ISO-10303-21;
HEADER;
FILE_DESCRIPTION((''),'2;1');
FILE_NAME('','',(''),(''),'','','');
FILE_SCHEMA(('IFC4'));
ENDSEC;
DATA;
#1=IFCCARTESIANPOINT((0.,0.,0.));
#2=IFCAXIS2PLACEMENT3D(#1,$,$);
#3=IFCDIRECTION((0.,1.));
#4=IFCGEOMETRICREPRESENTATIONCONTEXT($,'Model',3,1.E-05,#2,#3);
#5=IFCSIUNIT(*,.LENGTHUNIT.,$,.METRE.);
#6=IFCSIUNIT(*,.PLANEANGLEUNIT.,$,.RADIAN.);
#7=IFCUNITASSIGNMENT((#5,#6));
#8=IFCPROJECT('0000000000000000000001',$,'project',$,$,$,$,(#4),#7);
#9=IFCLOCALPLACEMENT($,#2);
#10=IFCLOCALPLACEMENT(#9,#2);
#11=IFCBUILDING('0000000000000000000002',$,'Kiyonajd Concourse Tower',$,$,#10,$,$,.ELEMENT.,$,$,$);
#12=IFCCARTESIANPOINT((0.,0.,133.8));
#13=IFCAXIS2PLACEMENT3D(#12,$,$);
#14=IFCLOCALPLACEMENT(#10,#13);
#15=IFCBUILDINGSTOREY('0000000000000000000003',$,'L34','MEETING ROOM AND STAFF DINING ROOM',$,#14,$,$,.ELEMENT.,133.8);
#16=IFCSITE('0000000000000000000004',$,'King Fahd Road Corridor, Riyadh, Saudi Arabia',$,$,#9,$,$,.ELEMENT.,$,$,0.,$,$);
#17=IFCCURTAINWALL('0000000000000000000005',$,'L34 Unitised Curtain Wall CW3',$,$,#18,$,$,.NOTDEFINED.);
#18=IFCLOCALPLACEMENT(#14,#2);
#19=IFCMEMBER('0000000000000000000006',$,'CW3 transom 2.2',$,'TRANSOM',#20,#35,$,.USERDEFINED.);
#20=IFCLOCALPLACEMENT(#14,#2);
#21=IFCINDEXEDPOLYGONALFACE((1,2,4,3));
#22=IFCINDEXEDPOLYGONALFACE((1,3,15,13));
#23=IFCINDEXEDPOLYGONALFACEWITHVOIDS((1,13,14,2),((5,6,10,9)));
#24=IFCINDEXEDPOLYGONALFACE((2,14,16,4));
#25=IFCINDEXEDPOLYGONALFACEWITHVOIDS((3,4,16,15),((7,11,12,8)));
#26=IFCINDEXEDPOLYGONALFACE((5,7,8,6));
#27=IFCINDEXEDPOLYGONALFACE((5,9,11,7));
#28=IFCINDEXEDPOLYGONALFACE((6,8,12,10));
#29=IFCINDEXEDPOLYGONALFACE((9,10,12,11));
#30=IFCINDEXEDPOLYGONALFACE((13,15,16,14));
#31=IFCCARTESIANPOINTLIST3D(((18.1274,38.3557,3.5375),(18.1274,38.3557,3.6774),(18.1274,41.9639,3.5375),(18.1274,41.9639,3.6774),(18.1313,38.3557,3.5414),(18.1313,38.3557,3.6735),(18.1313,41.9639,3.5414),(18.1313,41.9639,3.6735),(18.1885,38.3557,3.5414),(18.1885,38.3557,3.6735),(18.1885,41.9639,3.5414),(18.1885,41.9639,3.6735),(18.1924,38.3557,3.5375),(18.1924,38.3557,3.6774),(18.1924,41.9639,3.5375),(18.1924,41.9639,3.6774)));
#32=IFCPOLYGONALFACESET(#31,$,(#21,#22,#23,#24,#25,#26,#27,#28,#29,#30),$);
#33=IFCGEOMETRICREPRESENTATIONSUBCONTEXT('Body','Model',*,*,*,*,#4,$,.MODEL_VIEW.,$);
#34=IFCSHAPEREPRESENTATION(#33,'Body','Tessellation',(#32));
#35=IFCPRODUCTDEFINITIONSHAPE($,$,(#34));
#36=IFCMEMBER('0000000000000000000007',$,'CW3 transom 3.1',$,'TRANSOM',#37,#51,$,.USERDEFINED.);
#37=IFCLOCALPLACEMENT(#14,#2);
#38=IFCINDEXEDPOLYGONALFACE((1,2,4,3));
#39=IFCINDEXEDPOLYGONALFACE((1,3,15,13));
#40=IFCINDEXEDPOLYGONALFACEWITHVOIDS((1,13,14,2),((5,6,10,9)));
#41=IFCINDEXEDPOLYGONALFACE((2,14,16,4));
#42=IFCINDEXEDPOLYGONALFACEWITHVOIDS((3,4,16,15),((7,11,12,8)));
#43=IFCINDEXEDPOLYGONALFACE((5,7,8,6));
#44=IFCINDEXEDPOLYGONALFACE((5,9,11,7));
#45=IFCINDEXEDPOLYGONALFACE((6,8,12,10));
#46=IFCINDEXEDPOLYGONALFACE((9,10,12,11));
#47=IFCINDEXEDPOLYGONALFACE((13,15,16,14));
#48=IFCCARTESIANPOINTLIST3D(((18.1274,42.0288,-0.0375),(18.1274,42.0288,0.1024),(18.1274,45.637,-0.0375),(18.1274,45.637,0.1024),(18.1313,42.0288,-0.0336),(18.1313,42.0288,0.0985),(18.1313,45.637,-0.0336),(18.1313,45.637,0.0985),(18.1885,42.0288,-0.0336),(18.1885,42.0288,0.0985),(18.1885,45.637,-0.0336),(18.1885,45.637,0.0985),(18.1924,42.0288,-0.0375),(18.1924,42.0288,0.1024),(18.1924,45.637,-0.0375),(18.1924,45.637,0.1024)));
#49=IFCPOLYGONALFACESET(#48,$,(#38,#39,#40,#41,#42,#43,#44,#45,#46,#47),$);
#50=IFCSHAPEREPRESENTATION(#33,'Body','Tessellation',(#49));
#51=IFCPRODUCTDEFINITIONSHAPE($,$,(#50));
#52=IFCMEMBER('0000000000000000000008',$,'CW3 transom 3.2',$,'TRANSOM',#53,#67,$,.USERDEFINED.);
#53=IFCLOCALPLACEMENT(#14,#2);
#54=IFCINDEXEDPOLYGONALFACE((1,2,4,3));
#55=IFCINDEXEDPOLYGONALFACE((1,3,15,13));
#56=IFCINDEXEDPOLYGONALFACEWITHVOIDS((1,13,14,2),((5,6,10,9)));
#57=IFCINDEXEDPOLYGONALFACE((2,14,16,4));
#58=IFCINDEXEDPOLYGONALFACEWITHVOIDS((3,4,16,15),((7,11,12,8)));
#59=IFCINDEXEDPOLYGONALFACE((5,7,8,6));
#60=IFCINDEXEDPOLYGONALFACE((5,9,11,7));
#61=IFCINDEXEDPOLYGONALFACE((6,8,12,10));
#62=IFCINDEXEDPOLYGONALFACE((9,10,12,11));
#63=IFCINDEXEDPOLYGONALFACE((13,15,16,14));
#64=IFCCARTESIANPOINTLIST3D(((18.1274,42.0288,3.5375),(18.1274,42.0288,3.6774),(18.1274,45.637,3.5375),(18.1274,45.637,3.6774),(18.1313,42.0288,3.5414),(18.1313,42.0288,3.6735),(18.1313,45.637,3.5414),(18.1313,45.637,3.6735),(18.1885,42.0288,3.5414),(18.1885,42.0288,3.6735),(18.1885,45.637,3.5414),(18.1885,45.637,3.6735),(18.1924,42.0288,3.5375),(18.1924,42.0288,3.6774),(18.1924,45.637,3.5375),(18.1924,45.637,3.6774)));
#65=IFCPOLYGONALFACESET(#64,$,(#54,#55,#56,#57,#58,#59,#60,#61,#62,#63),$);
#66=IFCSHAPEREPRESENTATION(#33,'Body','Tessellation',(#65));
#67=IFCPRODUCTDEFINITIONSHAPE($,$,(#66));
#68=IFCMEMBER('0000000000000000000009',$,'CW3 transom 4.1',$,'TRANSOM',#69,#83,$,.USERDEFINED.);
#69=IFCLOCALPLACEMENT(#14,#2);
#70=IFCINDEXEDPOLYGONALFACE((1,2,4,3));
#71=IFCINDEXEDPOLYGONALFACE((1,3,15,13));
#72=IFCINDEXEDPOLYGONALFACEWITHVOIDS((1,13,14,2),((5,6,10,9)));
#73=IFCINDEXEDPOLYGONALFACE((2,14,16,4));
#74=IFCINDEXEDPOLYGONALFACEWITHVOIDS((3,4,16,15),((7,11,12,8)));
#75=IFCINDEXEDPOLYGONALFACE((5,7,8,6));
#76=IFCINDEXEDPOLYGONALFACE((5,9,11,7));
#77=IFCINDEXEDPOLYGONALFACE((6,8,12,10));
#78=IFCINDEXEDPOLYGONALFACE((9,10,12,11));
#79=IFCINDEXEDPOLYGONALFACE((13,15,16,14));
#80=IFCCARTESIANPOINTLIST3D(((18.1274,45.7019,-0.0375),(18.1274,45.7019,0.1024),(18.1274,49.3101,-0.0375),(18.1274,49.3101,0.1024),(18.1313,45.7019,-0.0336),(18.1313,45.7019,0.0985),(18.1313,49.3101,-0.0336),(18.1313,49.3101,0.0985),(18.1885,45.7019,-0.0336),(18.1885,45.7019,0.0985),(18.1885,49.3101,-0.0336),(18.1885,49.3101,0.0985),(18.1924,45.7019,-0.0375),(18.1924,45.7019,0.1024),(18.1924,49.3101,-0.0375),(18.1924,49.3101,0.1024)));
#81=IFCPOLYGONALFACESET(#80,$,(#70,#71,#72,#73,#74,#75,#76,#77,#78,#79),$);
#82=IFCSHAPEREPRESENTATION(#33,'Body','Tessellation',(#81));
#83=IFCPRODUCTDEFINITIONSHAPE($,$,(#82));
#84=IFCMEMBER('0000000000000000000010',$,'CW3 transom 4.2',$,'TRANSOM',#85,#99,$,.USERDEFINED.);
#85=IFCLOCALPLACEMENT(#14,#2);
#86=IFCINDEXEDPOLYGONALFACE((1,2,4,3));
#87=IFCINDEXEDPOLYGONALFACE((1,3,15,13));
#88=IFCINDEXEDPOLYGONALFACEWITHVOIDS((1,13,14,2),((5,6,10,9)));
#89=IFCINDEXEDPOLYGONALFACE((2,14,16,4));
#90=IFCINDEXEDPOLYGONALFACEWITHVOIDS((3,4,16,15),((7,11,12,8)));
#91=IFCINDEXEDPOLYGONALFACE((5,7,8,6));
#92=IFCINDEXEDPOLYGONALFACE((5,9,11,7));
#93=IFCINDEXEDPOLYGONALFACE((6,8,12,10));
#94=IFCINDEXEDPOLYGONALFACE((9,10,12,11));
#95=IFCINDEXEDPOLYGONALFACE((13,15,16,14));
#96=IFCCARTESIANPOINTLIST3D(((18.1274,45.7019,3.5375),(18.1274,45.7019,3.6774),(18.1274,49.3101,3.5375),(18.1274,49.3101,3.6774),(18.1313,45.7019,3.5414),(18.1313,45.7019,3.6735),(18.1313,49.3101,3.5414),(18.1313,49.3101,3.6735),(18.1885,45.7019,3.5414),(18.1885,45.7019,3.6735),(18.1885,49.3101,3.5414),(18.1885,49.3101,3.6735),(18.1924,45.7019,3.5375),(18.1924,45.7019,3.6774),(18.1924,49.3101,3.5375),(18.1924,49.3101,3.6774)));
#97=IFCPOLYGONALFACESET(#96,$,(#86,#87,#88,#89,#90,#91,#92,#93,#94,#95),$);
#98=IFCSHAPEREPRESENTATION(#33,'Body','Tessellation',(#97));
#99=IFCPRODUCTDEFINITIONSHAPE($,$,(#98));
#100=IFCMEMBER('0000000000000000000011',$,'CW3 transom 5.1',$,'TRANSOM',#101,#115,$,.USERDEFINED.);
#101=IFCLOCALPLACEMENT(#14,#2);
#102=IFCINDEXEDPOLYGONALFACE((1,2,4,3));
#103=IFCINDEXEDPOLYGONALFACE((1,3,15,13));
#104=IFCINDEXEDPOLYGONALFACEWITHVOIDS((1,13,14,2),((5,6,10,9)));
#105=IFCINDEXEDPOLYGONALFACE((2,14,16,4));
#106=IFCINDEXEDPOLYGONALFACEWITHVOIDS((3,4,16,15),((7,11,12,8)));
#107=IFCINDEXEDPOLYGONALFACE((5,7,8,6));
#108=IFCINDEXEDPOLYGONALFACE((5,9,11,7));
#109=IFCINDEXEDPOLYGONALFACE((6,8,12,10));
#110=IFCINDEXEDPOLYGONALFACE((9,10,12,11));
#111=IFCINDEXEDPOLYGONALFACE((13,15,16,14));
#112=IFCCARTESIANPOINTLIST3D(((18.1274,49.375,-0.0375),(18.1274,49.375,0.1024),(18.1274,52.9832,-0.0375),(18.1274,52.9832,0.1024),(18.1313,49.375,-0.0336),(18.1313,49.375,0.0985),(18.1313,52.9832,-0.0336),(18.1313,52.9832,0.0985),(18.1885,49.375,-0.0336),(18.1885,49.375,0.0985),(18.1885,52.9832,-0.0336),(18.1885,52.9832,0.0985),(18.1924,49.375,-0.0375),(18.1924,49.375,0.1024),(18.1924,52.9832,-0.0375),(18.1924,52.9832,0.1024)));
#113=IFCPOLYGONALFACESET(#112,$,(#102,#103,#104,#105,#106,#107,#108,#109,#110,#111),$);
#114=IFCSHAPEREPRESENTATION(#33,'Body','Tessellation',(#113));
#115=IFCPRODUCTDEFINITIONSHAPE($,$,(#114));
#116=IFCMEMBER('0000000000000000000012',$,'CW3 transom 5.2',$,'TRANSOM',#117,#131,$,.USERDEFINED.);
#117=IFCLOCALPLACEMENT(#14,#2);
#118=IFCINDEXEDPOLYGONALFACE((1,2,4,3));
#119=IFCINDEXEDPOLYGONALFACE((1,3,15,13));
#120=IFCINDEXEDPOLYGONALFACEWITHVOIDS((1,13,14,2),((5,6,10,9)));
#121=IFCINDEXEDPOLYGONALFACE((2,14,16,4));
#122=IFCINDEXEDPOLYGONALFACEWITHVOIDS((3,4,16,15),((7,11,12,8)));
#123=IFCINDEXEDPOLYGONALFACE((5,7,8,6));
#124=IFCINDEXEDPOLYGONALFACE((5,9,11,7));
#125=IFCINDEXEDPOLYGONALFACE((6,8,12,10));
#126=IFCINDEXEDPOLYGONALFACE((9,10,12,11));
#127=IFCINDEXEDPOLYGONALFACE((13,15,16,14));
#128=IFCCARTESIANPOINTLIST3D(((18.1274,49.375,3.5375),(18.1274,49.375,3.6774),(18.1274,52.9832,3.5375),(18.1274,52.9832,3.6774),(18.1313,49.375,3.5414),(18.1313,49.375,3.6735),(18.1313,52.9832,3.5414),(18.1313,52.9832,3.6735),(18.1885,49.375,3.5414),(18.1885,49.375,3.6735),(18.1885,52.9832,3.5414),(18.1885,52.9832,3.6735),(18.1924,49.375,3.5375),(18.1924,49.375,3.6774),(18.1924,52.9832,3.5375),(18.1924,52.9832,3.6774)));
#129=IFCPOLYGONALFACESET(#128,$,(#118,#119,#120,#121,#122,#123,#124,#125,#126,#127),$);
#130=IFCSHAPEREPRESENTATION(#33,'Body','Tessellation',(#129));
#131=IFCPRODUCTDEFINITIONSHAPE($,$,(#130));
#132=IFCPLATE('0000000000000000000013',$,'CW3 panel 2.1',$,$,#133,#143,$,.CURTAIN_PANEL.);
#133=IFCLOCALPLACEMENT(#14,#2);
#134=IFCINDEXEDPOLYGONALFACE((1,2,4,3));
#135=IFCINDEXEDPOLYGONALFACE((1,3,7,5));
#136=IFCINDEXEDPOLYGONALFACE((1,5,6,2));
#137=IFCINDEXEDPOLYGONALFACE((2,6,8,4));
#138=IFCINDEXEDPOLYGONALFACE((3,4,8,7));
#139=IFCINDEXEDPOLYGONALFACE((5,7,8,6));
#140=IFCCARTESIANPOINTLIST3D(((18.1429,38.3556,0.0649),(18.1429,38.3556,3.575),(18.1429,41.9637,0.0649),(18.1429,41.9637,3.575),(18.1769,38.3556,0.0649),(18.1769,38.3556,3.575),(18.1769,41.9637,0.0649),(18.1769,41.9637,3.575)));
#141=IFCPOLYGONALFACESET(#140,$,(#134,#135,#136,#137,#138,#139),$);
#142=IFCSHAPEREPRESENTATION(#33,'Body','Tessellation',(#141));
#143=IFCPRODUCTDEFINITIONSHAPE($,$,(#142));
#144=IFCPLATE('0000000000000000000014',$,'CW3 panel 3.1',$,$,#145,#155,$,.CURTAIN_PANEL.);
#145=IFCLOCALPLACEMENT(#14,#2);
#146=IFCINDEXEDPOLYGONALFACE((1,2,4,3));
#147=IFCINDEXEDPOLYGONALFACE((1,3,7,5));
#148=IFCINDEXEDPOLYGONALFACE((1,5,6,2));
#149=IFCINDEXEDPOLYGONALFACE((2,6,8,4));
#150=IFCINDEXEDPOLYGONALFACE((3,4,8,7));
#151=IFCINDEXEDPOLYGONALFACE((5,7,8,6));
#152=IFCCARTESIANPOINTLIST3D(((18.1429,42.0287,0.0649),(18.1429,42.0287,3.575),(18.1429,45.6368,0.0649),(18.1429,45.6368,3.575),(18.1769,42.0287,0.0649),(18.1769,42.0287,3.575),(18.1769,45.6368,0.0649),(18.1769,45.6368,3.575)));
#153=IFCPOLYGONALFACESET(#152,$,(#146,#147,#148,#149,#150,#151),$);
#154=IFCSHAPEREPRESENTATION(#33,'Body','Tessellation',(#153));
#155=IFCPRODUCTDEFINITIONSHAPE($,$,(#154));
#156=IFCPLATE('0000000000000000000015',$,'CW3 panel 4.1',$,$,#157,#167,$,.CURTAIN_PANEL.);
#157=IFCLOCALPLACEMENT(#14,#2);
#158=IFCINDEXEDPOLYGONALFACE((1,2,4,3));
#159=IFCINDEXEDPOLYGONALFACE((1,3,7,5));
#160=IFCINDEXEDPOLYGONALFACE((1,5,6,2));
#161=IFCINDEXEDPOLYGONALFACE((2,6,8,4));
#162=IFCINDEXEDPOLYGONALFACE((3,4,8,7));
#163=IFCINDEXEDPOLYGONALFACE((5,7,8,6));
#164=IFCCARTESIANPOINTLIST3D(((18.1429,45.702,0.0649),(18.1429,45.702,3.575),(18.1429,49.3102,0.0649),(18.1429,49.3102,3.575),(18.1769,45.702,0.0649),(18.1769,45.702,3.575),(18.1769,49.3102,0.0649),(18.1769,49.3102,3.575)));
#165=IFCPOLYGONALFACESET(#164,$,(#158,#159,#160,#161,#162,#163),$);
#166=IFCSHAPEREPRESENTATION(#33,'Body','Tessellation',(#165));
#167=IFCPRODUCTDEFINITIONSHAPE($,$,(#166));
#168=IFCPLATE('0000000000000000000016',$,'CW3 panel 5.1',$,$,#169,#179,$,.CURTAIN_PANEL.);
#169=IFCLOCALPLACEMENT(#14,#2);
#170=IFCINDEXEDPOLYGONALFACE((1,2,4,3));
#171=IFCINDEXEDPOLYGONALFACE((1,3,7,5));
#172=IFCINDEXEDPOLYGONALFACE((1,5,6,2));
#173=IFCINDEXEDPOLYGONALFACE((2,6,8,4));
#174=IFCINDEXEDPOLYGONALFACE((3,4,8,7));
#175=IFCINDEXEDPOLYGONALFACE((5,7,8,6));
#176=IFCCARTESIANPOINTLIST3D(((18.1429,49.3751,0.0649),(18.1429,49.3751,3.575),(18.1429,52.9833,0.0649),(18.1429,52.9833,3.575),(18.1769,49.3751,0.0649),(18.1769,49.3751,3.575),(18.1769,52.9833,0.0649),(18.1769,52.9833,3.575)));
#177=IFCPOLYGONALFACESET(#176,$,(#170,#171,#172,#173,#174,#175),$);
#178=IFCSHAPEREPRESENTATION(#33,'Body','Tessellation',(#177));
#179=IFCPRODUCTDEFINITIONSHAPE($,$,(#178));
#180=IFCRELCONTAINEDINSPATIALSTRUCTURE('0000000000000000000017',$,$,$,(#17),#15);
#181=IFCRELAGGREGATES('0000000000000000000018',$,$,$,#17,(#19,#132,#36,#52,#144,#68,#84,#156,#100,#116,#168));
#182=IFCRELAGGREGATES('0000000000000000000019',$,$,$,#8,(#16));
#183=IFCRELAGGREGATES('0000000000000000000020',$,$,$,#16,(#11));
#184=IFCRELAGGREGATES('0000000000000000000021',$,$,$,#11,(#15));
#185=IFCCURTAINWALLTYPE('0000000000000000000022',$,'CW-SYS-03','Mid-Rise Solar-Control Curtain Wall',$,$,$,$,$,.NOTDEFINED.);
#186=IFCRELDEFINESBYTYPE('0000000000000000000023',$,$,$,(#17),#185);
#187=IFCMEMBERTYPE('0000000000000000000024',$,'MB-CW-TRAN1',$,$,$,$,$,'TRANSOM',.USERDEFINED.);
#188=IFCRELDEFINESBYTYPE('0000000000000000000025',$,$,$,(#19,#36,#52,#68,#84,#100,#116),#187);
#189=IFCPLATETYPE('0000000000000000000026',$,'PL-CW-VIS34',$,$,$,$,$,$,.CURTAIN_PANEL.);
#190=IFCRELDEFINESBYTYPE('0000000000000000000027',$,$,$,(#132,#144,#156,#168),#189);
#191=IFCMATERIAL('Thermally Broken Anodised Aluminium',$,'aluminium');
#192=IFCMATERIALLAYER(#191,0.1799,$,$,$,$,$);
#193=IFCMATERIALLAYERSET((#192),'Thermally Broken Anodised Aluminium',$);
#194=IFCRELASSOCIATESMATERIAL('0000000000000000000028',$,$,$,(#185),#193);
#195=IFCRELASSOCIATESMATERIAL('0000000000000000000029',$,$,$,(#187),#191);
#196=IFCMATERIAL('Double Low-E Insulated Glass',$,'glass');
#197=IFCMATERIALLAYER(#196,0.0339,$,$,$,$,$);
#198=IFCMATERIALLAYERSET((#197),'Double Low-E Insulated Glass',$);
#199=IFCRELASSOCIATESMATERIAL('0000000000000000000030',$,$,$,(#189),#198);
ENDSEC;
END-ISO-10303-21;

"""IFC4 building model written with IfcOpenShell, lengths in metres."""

from ifc_helpers import new_model, si_unit, direction, frame, origin, origin_2d, place, context, subcontext, project, spatial, rectangle, hollow_rectangle, extrude, material, layer, layer_set, material_profile, profile_set, type_object, element, aggregate, save


model = new_model("IFC4")

# Units and contexts
model_context = context("Model", 3, precision=1e-05, world=origin(), true_north=direction((0.0, 1.0)))
body_context = subcontext(model_context, "Body", "Model", "MODEL_VIEW")
ifc_project = project(units=[si_unit("LENGTHUNIT", "METRE"), si_unit("PLANEANGLEUNIT", "RADIAN")], contexts=[model_context])

# Site, building, storey
site_placement = place(None, origin())
site = spatial("IfcSite", under=ifc_project, at=site_placement, Name="King Fahd Road Corridor, Riyadh, Saudi Arabia", CompositionType="ELEMENT", RefElevation=0.0)
building_placement = place(site_placement, origin())
building = spatial("IfcBuilding", under=site, at=building_placement, Name="Kiyonajd Concourse Tower", CompositionType="ELEMENT")
storey_placement = place(building_placement, frame((0.0, 0.0, 133.8)))
storey = spatial("IfcBuildingStorey", under=building, at=storey_placement, Name="L34", Description="MEETING ROOM AND STAFF DINING ROOM", CompositionType="ELEMENT", Elevation=133.8)

# Curtain wall, members, plates
ifc_material_1 = material(Name="Thermally Broken Anodised Aluminium", Category="aluminium")
ifc_layer_1 = layer(ifc_material_1, 0.1799)
ifc_layer_set_1 = layer_set([ifc_layer_1], Name="Thermally Broken Anodised Aluminium")
curtain_wall_type = type_object("IfcCurtainWallType", Name="CW-SYS-03", Description="Mid-Rise Solar-Control Curtain Wall", PredefinedType="NOTDEFINED", material=ifc_layer_set_1)
curtain_wall_placement = place(storey_placement, origin())
curtain_wall = element("IfcCurtainWall", 1, at=curtain_wall_placement, inside=storey, type_object=curtain_wall_type, Name="L34 Unitised Curtain Wall CW3", PredefinedType="NOTDEFINED")
ifc_material_profile_1 = material_profile(ifc_material_1, hollow_rectangle(XDim=0.0649, YDim=0.1399, WallThickness=0.0039, at=origin_2d()), Name="TRAN-65x140")
ifc_profile_set_1 = profile_set([ifc_material_profile_1], Name="Thermally Broken Anodised Aluminium")
member_type_1 = type_object("IfcMemberType", Name="MB-CW-TRAN1", ElementType="TRANSOM", PredefinedType="USERDEFINED", material=ifc_profile_set_1)
member_1_placement = place(storey_placement, frame((18.1599, 38.3557, 3.6074), z_axis=(0.0, 1.0, 0.0), x_axis=(-1.0, 0.0, 0.0)))
member_1 = element("IfcMember", 2, at=member_1_placement, type_object=member_type_1, Name="CW3 transom 2.2", ObjectType="TRANSOM", PredefinedType="USERDEFINED", context=body_context, shape_type="SweptSolid", body=[
    extrude(hollow_rectangle(XDim=0.0649, YDim=0.1399, WallThickness=0.0039, at=origin_2d()), origin(), (0.0, 0.0, 1.0), 3.6082),
])
member_2_placement = place(storey_placement, frame((18.1599, 42.0288, 0.0325), z_axis=(0.0, 1.0, 0.0), x_axis=(-1.0, 0.0, 0.0)))
member_2 = element("IfcMember", 3, at=member_2_placement, type_object=member_type_1, Name="CW3 transom 3.1", ObjectType="TRANSOM", PredefinedType="USERDEFINED", context=body_context, shape_type="SweptSolid", body=[
    extrude(hollow_rectangle(XDim=0.0649, YDim=0.1399, WallThickness=0.0039, at=origin_2d()), origin(), (0.0, 0.0, 1.0), 3.6082),
])
member_3_placement = place(storey_placement, frame((18.1599, 42.0288, 3.6074), z_axis=(0.0, 1.0, 0.0), x_axis=(-1.0, 0.0, 0.0)))
member_3 = element("IfcMember", 4, at=member_3_placement, type_object=member_type_1, Name="CW3 transom 3.2", ObjectType="TRANSOM", PredefinedType="USERDEFINED", context=body_context, shape_type="SweptSolid", body=[
    extrude(hollow_rectangle(XDim=0.0649, YDim=0.1399, WallThickness=0.0039, at=origin_2d()), origin(), (0.0, 0.0, 1.0), 3.6082),
])
member_4_placement = place(storey_placement, frame((18.1599, 45.7019, 0.0325), z_axis=(0.0, 1.0, 0.0), x_axis=(-1.0, 0.0, 0.0)))
member_4 = element("IfcMember", 5, at=member_4_placement, type_object=member_type_1, Name="CW3 transom 4.1", ObjectType="TRANSOM", PredefinedType="USERDEFINED", context=body_context, shape_type="SweptSolid", body=[
    extrude(hollow_rectangle(XDim=0.0649, YDim=0.1399, WallThickness=0.0039, at=origin_2d()), origin(), (0.0, 0.0, 1.0), 3.6082),
])
member_5_placement = place(storey_placement, frame((18.1599, 45.7019, 3.6074), z_axis=(0.0, 1.0, 0.0), x_axis=(-1.0, 0.0, 0.0)))
member_5 = element("IfcMember", 6, at=member_5_placement, type_object=member_type_1, Name="CW3 transom 4.2", ObjectType="TRANSOM", PredefinedType="USERDEFINED", context=body_context, shape_type="SweptSolid", body=[
    extrude(hollow_rectangle(XDim=0.0649, YDim=0.1399, WallThickness=0.0039, at=origin_2d()), origin(), (0.0, 0.0, 1.0), 3.6082),
])
member_6_placement = place(storey_placement, frame((18.1599, 49.375, 0.0325), z_axis=(0.0, 1.0, 0.0), x_axis=(-1.0, 0.0, 0.0)))
member_6 = element("IfcMember", 7, at=member_6_placement, type_object=member_type_1, Name="CW3 transom 5.1", ObjectType="TRANSOM", PredefinedType="USERDEFINED", context=body_context, shape_type="SweptSolid", body=[
    extrude(hollow_rectangle(XDim=0.0649, YDim=0.1399, WallThickness=0.0039, at=origin_2d()), origin(), (0.0, 0.0, 1.0), 3.6082),
])
member_7_placement = place(storey_placement, frame((18.1599, 49.375, 3.6074), z_axis=(0.0, 1.0, 0.0), x_axis=(-1.0, 0.0, 0.0)))
member_7 = element("IfcMember", 8, at=member_7_placement, type_object=member_type_1, Name="CW3 transom 5.2", ObjectType="TRANSOM", PredefinedType="USERDEFINED", context=body_context, shape_type="SweptSolid", body=[
    extrude(hollow_rectangle(XDim=0.0649, YDim=0.1399, WallThickness=0.0039, at=origin_2d()), origin(), (0.0, 0.0, 1.0), 3.6082),
])
ifc_material_2 = material(Name="Double Low-E Insulated Glass", Category="glass")
ifc_layer_2 = layer(ifc_material_2, 0.0339)
ifc_layer_set_2 = layer_set([ifc_layer_2], Name="Double Low-E Insulated Glass")
plate_type = type_object("IfcPlateType", Name="PL-CW-VIS34", PredefinedType="CURTAIN_PANEL", material=ifc_layer_set_2)
plate_1_placement = place(storey_placement, frame((18.1599, 40.1597, 0.0649), z_axis=(0.0, 0.0, 1.0), x_axis=(0.0, 1.0, 0.0)))
plate_1 = element("IfcPlate", 9, at=plate_1_placement, type_object=plate_type, Name="CW3 panel 2.1", PredefinedType="CURTAIN_PANEL", context=body_context, shape_type="SweptSolid", body=[
    extrude(rectangle(XDim=3.6082, YDim=0.0339, at=origin_2d()), origin(), (0.0, 0.0, 1.0), 3.51),
])
plate_2_placement = place(storey_placement, frame((18.1599, 43.8328, 0.0649), z_axis=(0.0, 0.0, 1.0), x_axis=(0.0, 1.0, 0.0)))
plate_2 = element("IfcPlate", 10, at=plate_2_placement, type_object=plate_type, Name="CW3 panel 3.1", PredefinedType="CURTAIN_PANEL", context=body_context, shape_type="SweptSolid", body=[
    extrude(rectangle(XDim=3.6082, YDim=0.0339, at=origin_2d()), origin(), (0.0, 0.0, 1.0), 3.51),
])
plate_3_placement = place(storey_placement, frame((18.1599, 47.5061, 0.0649), z_axis=(0.0, 0.0, 1.0), x_axis=(0.0, 1.0, 0.0)))
plate_3 = element("IfcPlate", 11, at=plate_3_placement, type_object=plate_type, Name="CW3 panel 4.1", PredefinedType="CURTAIN_PANEL", context=body_context, shape_type="SweptSolid", body=[
    extrude(rectangle(XDim=3.6082, YDim=0.0339, at=origin_2d()), origin(), (0.0, 0.0, 1.0), 3.51),
])
plate_4_placement = place(storey_placement, frame((18.1599, 51.1792, 0.0649), z_axis=(0.0, 0.0, 1.0), x_axis=(0.0, 1.0, 0.0)))
plate_4 = element("IfcPlate", 12, at=plate_4_placement, type_object=plate_type, Name="CW3 panel 5.1", PredefinedType="CURTAIN_PANEL", context=body_context, shape_type="SweptSolid", body=[
    extrude(rectangle(XDim=3.6082, YDim=0.0339, at=origin_2d()), origin(), (0.0, 0.0, 1.0), 3.51),
])
aggregate(curtain_wall, [member_1, plate_1, member_2, member_3, plate_2, member_4, member_5, plate_3, member_6, member_7, plate_4])

save(model, "model.ifc")
